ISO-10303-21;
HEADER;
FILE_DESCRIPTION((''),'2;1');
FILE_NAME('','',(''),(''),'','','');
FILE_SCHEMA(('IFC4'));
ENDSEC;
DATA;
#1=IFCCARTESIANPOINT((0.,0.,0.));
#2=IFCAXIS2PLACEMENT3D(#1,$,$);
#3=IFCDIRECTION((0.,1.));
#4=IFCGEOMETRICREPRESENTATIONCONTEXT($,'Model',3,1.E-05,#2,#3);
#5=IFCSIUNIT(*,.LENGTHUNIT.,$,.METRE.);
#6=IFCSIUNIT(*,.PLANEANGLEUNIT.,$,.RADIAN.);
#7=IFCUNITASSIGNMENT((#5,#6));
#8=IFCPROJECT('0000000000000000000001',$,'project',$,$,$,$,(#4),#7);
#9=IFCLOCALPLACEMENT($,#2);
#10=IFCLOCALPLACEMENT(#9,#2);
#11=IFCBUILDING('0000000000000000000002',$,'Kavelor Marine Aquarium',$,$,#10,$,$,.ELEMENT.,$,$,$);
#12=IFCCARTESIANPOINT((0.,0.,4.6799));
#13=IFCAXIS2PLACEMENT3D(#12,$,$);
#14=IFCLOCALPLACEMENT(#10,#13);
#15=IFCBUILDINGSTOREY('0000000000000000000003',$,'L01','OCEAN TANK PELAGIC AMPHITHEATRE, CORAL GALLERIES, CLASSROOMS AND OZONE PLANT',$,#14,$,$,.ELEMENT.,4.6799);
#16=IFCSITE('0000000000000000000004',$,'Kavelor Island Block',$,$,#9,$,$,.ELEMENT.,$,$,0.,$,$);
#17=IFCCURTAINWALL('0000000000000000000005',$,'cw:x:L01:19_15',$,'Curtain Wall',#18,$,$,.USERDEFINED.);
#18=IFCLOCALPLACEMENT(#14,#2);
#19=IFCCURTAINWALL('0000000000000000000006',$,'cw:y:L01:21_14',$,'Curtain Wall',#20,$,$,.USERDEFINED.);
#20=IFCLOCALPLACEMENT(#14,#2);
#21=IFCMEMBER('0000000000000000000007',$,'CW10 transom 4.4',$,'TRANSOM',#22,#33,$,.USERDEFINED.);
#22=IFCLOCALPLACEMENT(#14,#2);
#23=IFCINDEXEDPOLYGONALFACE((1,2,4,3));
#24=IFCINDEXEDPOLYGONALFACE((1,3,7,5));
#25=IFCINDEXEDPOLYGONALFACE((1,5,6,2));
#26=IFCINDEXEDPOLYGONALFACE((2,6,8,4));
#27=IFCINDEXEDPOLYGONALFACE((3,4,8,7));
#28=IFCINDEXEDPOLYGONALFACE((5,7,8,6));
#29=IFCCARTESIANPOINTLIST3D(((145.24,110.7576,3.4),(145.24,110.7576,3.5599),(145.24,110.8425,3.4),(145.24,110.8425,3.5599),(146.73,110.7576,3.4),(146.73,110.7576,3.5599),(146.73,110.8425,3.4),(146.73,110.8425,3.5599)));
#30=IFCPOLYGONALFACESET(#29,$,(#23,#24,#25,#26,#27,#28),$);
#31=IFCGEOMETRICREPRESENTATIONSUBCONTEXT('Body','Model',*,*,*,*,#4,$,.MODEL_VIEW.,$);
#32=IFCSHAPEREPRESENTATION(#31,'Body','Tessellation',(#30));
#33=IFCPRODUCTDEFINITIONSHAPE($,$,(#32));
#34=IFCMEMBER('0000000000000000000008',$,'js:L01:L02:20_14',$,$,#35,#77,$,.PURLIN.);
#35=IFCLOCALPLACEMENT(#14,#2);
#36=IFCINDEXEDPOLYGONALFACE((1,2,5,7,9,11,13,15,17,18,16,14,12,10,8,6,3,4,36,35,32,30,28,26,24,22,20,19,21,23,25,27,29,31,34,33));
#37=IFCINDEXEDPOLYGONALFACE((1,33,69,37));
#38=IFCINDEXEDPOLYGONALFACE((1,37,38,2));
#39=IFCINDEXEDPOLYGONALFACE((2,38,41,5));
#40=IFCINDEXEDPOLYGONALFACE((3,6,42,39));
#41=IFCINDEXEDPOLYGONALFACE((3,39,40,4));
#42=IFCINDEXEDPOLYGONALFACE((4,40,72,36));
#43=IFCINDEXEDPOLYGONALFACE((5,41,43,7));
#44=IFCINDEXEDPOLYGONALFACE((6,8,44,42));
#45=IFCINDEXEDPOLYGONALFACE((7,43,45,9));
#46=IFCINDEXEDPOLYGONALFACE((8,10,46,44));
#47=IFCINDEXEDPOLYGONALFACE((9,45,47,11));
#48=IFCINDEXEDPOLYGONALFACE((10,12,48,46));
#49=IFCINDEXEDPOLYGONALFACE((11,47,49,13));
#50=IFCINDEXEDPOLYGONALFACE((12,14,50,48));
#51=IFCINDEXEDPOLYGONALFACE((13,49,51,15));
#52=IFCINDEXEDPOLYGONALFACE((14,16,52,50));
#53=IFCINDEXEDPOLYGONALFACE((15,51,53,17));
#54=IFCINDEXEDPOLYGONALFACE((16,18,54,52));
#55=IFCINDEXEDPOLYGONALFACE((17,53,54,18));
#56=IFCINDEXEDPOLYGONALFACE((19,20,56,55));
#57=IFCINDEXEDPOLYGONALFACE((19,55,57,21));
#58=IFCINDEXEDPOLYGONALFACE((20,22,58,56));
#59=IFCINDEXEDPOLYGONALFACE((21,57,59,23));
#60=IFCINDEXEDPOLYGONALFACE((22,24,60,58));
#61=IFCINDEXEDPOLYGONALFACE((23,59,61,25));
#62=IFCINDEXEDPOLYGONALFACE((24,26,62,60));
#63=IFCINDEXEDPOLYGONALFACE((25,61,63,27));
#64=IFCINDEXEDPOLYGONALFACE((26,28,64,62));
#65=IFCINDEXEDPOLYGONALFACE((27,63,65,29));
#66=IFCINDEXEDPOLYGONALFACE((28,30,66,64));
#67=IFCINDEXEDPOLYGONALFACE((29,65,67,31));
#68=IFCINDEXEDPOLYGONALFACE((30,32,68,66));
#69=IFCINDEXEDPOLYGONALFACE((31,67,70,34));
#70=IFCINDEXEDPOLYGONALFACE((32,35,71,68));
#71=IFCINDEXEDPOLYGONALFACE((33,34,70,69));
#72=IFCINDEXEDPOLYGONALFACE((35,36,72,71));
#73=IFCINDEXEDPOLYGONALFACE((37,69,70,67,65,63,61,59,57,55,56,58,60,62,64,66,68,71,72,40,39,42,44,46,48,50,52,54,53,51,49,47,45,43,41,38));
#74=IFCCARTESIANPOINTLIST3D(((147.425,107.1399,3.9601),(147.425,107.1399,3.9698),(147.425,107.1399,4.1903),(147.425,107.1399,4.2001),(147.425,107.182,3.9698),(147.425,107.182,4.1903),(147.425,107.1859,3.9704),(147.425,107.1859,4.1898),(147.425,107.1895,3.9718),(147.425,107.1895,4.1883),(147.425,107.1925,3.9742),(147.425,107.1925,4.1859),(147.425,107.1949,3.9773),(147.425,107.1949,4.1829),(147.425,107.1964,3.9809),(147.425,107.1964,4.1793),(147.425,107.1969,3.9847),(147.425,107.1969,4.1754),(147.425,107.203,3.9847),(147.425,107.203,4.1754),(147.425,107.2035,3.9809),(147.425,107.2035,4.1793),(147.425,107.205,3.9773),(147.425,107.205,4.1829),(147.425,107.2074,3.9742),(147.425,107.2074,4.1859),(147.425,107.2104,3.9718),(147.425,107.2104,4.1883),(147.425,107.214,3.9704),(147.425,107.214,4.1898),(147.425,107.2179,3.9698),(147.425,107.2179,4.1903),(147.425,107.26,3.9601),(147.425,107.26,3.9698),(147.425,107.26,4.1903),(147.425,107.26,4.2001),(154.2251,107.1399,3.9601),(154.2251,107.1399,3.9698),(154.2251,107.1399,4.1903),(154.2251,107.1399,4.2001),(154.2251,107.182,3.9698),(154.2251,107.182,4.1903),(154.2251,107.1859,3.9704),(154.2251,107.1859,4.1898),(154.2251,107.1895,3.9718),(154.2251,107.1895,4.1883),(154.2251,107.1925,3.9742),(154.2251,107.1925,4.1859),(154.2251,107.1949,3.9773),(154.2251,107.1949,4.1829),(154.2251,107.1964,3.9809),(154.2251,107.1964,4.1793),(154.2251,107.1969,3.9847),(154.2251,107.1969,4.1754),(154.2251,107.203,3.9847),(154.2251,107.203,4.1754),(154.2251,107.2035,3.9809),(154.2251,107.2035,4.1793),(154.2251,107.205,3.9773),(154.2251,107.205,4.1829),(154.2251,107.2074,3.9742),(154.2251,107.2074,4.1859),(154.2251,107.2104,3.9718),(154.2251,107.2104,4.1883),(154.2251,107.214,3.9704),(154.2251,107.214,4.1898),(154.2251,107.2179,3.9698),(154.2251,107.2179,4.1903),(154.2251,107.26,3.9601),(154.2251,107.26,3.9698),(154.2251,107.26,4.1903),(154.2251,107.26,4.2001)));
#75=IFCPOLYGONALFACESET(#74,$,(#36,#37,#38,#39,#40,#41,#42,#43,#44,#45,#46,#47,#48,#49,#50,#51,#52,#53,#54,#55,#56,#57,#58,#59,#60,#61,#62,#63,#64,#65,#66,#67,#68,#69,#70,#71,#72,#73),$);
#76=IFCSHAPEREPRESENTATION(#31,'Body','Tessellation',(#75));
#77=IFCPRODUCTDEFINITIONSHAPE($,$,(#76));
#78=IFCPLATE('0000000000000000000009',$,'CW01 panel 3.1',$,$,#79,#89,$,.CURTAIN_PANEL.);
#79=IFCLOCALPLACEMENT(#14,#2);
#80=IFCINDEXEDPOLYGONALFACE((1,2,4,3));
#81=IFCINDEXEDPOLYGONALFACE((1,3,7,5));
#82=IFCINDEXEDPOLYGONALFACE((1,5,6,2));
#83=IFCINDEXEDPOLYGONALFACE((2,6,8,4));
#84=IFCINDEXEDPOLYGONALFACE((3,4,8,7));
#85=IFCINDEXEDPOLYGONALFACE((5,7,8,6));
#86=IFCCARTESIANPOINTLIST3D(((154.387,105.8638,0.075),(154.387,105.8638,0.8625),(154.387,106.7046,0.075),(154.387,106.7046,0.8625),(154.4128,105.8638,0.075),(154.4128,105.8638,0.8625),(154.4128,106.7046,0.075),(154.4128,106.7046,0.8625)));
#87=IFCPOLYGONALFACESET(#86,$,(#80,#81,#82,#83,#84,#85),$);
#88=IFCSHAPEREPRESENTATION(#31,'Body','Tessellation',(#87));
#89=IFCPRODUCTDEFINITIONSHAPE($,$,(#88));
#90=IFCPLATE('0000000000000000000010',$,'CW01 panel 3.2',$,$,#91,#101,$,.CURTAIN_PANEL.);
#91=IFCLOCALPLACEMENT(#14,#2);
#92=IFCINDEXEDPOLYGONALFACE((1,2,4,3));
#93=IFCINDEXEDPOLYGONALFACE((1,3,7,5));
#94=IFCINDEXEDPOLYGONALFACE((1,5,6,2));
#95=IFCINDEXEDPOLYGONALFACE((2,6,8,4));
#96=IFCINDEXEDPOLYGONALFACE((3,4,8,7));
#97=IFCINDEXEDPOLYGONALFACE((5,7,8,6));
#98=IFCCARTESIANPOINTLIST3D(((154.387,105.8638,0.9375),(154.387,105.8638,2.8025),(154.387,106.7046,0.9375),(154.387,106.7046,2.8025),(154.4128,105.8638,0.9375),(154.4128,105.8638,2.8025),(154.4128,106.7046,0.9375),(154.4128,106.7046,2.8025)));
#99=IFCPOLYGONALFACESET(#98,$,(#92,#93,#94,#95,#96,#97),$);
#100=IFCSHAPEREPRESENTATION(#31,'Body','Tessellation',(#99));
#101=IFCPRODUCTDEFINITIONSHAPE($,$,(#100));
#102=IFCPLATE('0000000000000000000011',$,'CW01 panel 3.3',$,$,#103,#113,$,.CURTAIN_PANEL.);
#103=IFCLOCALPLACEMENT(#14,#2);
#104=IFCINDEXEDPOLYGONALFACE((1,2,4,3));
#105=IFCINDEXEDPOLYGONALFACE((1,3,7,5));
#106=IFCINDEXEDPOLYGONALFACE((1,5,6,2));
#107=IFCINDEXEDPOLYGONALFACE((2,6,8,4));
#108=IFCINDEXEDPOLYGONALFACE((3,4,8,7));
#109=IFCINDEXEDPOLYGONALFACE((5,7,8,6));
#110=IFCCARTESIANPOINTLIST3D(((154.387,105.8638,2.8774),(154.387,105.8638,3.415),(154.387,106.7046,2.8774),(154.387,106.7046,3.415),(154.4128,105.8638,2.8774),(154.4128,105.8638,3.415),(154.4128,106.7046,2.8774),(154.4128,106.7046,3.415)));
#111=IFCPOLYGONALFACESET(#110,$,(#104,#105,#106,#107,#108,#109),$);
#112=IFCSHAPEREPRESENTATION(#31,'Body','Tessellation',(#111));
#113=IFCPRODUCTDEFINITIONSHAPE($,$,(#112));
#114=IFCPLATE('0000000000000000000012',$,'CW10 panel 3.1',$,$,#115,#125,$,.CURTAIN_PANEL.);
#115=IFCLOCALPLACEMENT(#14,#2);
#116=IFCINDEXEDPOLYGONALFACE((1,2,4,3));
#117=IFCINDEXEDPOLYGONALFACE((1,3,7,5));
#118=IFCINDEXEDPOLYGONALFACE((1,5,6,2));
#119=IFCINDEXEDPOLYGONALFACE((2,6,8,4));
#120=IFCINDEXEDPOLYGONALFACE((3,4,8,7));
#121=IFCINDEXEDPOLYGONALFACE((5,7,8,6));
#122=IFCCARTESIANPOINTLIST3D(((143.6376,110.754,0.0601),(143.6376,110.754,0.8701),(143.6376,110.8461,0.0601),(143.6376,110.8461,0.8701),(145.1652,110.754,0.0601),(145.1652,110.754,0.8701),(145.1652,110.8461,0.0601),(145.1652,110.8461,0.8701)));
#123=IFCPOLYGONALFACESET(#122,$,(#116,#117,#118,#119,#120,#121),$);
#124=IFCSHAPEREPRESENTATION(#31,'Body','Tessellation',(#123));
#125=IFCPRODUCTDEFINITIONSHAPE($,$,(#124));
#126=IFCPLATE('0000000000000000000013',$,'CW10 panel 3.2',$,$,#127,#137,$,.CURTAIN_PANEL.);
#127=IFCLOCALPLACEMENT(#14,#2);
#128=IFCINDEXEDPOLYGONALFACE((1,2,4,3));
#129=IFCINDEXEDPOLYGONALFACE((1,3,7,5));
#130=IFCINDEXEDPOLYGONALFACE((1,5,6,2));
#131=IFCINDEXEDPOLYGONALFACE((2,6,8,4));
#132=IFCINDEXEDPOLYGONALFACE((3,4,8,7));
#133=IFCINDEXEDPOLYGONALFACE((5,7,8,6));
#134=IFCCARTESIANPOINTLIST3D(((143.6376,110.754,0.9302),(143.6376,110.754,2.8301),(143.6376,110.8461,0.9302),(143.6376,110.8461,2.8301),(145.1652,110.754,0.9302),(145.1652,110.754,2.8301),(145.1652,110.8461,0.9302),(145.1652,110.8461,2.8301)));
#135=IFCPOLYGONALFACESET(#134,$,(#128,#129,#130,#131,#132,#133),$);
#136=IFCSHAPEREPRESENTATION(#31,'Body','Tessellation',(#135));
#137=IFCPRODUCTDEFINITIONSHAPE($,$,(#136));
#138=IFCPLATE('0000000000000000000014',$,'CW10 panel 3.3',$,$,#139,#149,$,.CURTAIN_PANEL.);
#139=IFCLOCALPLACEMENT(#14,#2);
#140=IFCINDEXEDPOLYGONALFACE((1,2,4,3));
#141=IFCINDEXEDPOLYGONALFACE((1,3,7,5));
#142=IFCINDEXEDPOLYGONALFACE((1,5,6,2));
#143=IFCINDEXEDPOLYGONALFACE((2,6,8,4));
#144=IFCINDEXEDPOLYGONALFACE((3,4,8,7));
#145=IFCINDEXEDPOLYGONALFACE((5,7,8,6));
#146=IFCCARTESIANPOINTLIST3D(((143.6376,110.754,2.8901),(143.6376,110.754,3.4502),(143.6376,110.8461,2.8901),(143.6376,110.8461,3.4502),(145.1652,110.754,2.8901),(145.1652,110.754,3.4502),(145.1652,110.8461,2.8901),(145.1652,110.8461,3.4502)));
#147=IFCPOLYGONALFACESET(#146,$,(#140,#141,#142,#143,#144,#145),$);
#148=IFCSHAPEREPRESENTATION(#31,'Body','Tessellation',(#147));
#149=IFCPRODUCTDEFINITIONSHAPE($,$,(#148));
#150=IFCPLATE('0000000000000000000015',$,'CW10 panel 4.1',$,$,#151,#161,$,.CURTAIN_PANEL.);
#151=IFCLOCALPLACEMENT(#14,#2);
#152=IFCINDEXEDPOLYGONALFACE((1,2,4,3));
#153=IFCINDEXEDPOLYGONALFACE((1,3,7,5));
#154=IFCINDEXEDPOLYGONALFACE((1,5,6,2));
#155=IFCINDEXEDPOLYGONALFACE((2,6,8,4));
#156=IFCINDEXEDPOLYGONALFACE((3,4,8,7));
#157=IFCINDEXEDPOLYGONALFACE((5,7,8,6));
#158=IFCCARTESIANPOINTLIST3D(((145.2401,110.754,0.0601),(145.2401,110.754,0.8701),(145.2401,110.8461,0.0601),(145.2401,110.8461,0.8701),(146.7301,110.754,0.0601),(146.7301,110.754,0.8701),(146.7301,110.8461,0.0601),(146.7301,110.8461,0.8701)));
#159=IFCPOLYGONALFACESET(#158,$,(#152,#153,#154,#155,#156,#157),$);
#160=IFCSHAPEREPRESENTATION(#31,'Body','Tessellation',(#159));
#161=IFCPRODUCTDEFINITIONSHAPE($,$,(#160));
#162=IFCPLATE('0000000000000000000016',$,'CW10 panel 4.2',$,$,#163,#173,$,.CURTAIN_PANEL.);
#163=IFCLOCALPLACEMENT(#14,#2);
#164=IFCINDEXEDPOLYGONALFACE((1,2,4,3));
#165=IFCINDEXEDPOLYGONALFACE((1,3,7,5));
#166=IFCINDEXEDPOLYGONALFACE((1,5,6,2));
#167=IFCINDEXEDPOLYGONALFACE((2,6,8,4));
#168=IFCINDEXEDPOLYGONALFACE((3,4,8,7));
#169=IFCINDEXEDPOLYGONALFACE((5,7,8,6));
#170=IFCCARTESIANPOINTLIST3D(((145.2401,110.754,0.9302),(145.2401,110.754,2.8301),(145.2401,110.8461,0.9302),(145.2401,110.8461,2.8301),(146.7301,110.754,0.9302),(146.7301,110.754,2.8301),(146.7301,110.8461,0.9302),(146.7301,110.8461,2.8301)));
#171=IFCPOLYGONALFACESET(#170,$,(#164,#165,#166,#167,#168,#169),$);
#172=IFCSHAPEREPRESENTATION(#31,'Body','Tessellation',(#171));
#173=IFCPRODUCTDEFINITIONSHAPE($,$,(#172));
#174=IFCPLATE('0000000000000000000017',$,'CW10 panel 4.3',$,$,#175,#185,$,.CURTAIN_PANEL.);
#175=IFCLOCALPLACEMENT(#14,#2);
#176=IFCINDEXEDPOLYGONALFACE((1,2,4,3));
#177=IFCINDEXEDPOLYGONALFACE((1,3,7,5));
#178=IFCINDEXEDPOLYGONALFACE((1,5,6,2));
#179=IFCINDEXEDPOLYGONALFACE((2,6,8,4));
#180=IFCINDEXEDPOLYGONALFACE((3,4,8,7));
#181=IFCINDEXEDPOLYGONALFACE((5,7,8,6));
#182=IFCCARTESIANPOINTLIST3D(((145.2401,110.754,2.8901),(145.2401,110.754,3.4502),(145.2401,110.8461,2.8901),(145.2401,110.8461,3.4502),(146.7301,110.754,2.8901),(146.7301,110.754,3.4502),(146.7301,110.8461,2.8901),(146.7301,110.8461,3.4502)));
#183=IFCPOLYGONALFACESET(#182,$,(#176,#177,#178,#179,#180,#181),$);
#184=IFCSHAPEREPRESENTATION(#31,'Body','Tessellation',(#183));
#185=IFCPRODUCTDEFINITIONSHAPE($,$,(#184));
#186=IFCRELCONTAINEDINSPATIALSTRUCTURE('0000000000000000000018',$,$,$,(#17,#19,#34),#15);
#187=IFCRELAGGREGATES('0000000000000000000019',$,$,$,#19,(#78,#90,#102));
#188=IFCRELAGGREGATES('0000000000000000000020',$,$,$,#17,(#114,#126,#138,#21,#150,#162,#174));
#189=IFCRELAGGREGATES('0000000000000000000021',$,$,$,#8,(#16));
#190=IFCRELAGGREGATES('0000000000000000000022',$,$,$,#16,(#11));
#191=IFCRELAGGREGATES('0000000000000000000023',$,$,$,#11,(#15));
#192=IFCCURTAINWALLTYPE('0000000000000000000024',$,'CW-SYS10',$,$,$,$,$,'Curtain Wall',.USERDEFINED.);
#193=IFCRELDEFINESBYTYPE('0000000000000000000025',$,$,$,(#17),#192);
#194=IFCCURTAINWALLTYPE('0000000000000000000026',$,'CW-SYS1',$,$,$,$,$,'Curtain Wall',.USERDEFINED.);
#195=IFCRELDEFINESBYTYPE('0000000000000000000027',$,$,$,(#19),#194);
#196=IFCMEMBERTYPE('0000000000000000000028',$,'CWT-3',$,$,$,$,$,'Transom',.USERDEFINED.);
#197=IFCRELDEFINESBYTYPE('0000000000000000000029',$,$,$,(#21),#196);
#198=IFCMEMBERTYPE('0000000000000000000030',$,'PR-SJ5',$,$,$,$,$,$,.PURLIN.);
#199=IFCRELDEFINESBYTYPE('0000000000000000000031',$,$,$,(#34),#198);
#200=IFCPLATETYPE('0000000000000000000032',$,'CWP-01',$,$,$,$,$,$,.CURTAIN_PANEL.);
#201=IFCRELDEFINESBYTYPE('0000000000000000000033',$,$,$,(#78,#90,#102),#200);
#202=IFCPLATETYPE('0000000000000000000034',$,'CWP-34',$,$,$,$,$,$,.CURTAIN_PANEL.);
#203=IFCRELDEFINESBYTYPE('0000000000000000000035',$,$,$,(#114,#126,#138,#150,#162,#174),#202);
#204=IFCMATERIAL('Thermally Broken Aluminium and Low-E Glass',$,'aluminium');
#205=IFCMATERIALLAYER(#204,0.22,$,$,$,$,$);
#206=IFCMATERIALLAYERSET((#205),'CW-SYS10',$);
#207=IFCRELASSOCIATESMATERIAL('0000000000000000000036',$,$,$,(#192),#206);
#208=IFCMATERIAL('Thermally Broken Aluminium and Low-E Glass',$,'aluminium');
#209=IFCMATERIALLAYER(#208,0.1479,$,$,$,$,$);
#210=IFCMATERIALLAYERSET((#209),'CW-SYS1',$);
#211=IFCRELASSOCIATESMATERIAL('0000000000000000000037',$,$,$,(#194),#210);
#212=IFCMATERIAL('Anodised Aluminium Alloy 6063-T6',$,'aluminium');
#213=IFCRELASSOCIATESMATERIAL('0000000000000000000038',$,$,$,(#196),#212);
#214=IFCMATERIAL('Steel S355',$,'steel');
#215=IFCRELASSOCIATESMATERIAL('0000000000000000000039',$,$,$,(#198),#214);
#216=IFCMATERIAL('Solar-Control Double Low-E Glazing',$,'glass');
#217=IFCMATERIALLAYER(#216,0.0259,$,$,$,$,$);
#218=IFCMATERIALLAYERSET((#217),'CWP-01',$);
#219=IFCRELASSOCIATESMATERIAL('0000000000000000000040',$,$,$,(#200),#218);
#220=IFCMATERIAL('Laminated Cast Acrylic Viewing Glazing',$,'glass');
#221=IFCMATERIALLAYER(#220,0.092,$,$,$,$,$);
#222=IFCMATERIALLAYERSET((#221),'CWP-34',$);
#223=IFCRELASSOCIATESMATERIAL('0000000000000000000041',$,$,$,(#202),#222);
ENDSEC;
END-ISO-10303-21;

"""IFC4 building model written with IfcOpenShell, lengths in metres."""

from ifc_helpers import new_model, si_unit, direction, frame, origin, origin_2d, place, context, subcontext, project, spatial, rectangle, i_section, extrude, material, layer, layer_set, material_profile, profile_set, type_object, element, aggregate, save


model = new_model("IFC4")

# Units and contexts
model_context = context("Model", 3, precision=1e-05, world=origin(), true_north=direction((0.0, 1.0)))
body_context = subcontext(model_context, "Body", "Model", "MODEL_VIEW")
ifc_project = project(units=[si_unit("LENGTHUNIT", "METRE"), si_unit("PLANEANGLEUNIT", "RADIAN")], contexts=[model_context])

# Site, building, storey
site_placement = place(None, origin())
site = spatial("IfcSite", under=ifc_project, at=site_placement, Name="Kavelor Island Block", CompositionType="ELEMENT", RefElevation=0.0)
building_placement = place(site_placement, origin())
building = spatial("IfcBuilding", under=site, at=building_placement, Name="Kavelor Marine Aquarium", CompositionType="ELEMENT")
storey_placement = place(building_placement, frame((0.0, 0.0, 4.6799)))
storey = spatial("IfcBuildingStorey", under=building, at=storey_placement, Name="L01", Description="OCEAN TANK PELAGIC AMPHITHEATRE, CORAL GALLERIES, CLASSROOMS AND OZONE PLANT", CompositionType="ELEMENT", Elevation=4.6799)

# Curtain walls
ifc_material_1 = material(Name="Thermally Broken Aluminium and Low-E Glass", Category="aluminium")
ifc_layer_1 = layer(ifc_material_1, 0.22)
ifc_layer_set_1 = layer_set([ifc_layer_1], Name="CW-SYS10")
curtain_wall_type_1 = type_object("IfcCurtainWallType", Name="CW-SYS10", ElementType="Curtain Wall", PredefinedType="USERDEFINED", material=ifc_layer_set_1)
curtain_wall_1_placement = place(storey_placement, origin())
curtain_wall_1 = element("IfcCurtainWall", 1, at=curtain_wall_1_placement, inside=storey, type_object=curtain_wall_type_1, Name="cw:x:L01:19_15", ObjectType="Curtain Wall", PredefinedType="USERDEFINED")
ifc_material_2 = material(Name="Thermally Broken Aluminium and Low-E Glass", Category="aluminium")
ifc_layer_2 = layer(ifc_material_2, 0.1479)
ifc_layer_set_2 = layer_set([ifc_layer_2], Name="CW-SYS1")
curtain_wall_type_2 = type_object("IfcCurtainWallType", Name="CW-SYS1", ElementType="Curtain Wall", PredefinedType="USERDEFINED", material=ifc_layer_set_2)
curtain_wall_2_placement = place(storey_placement, origin())
curtain_wall_2 = element("IfcCurtainWall", 2, at=curtain_wall_2_placement, inside=storey, type_object=curtain_wall_type_2, Name="cw:y:L01:21_14", ObjectType="Curtain Wall", PredefinedType="USERDEFINED")

# Members
ifc_material_3 = material(Name="Anodised Aluminium Alloy 6063-T6", Category="aluminium")
ifc_material_profile_1 = material_profile(ifc_material_3, rectangle(XDim=0.085, YDim=0.1599, at=origin_2d()), Name="CW-TRN 85x160")
ifc_profile_set_1 = profile_set([ifc_material_profile_1], Name="Anodised Aluminium Alloy 6063-T6")
member_type_1 = type_object("IfcMemberType", Name="CWT-3", ElementType="Transom", PredefinedType="USERDEFINED", material=ifc_profile_set_1)
member_1_placement = place(storey_placement, frame((145.24, 110.8, 3.48), z_axis=(1.0, 0.0, 0.0), x_axis=(0.0, 1.0, 0.0)))
member_1 = element("IfcMember", 3, at=member_1_placement, type_object=member_type_1, Name="CW10 transom 4.4", ObjectType="TRANSOM", PredefinedType="USERDEFINED", context=body_context, shape_type="SweptSolid", body=[
    extrude(rectangle(XDim=0.085, YDim=0.1599, at=origin_2d()), origin(), (0.0, 0.0, 1.0), 1.49),
])
ifc_material_4 = material(Name="Steel S355", Category="steel")
ifc_material_profile_2 = material_profile(ifc_material_4, i_section(OverallWidth=0.1201, OverallDepth=0.24, WebThickness=0.0061, FlangeThickness=0.0098, FilletRadius=0.0149, at=origin_2d()), Name="IPE 240")
ifc_profile_set_2 = profile_set([ifc_material_profile_2], Name="Steel S355")
member_type_2 = type_object("IfcMemberType", Name="PR-SJ5", PredefinedType="PURLIN", material=ifc_profile_set_2)
member_2_placement = place(storey_placement, frame((147.425, 107.2, 4.0801), z_axis=(1.0, 0.0, 0.0), x_axis=(0.0, 1.0, 0.0)))
element("IfcMember", 4, at=member_2_placement, inside=storey, type_object=member_type_2, Name="js:L01:L02:20_14", PredefinedType="PURLIN", context=body_context, shape_type="SweptSolid", body=[
    extrude(i_section(OverallWidth=0.1201, OverallDepth=0.24, WebThickness=0.0061, FlangeThickness=0.0098, FilletRadius=0.0149, at=origin_2d()), origin(), (0.0, 0.0, 1.0), 6.8),
])

# Plates
ifc_material_5 = material(Name="Solar-Control Double Low-E Glazing", Category="glass")
ifc_layer_3 = layer(ifc_material_5, 0.0259)
ifc_layer_set_3 = layer_set([ifc_layer_3], Name="CWP-01")
plate_type_1 = type_object("IfcPlateType", Name="CWP-01", PredefinedType="CURTAIN_PANEL", material=ifc_layer_set_3)
plate_1_placement = place(storey_placement, frame((154.3999, 106.2842, 0.075), z_axis=(0.0, 0.0, 1.0), x_axis=(0.0, 1.0, 0.0)))
plate_1 = element("IfcPlate", 5, at=plate_1_placement, type_object=plate_type_1, Name="CW01 panel 3.1", PredefinedType="CURTAIN_PANEL", context=body_context, shape_type="SweptSolid", body=[
    extrude(rectangle(XDim=0.8408, YDim=0.0259, at=origin_2d()), origin(), (0.0, 0.0, 1.0), 0.7876),
])
plate_2_placement = place(storey_placement, frame((154.3999, 106.2842, 0.9375), z_axis=(0.0, 0.0, 1.0), x_axis=(0.0, 1.0, 0.0)))
plate_2 = element("IfcPlate", 6, at=plate_2_placement, type_object=plate_type_1, Name="CW01 panel 3.2", PredefinedType="CURTAIN_PANEL", context=body_context, shape_type="SweptSolid", body=[
    extrude(rectangle(XDim=0.8408, YDim=0.0259, at=origin_2d()), origin(), (0.0, 0.0, 1.0), 1.865),
])
plate_3_placement = place(storey_placement, frame((154.3999, 106.2842, 2.8774), z_axis=(0.0, 0.0, 1.0), x_axis=(0.0, 1.0, 0.0)))
plate_3 = element("IfcPlate", 7, at=plate_3_placement, type_object=plate_type_1, Name="CW01 panel 3.3", PredefinedType="CURTAIN_PANEL", context=body_context, shape_type="SweptSolid", body=[
    extrude(rectangle(XDim=0.8408, YDim=0.0259, at=origin_2d()), origin(), (0.0, 0.0, 1.0), 0.5376),
])
aggregate(curtain_wall_2, [plate_1, plate_2, plate_3])
ifc_material_6 = material(Name="Laminated Cast Acrylic Viewing Glazing", Category="glass")
ifc_layer_4 = layer(ifc_material_6, 0.092)
ifc_layer_set_4 = layer_set([ifc_layer_4], Name="CWP-34")
plate_type_2 = type_object("IfcPlateType", Name="CWP-34", PredefinedType="CURTAIN_PANEL", material=ifc_layer_set_4)
plate_4_placement = place(storey_placement, frame((144.4014, 110.8, 0.0601), z_axis=(0.0, 0.0, 1.0), x_axis=(1.0, 0.0, 0.0)))
plate_4 = element("IfcPlate", 8, at=plate_4_placement, type_object=plate_type_2, Name="CW10 panel 3.1", PredefinedType="CURTAIN_PANEL", context=body_context, shape_type="SweptSolid", body=[
    extrude(rectangle(XDim=1.5276, YDim=0.092, at=origin_2d()), origin(), (0.0, 0.0, 1.0), 0.8101),
])
plate_5_placement = place(storey_placement, frame((144.4014, 110.8, 0.9302), z_axis=(0.0, 0.0, 1.0), x_axis=(1.0, 0.0, 0.0)))
plate_5 = element("IfcPlate", 9, at=plate_5_placement, type_object=plate_type_2, Name="CW10 panel 3.2", PredefinedType="CURTAIN_PANEL", context=body_context, shape_type="SweptSolid", body=[
    extrude(rectangle(XDim=1.5276, YDim=0.092, at=origin_2d()), origin(), (0.0, 0.0, 1.0), 1.8999),
])
plate_6_placement = place(storey_placement, frame((144.4014, 110.8, 2.8901), z_axis=(0.0, 0.0, 1.0), x_axis=(1.0, 0.0, 0.0)))
plate_6 = element("IfcPlate", 10, at=plate_6_placement, type_object=plate_type_2, Name="CW10 panel 3.3", PredefinedType="CURTAIN_PANEL", context=body_context, shape_type="SweptSolid", body=[
    extrude(rectangle(XDim=1.5276, YDim=0.092, at=origin_2d()), origin(), (0.0, 0.0, 1.0), 0.5601),
])
plate_7_placement = place(storey_placement, frame((145.9851, 110.8, 0.0601), z_axis=(0.0, 0.0, 1.0), x_axis=(1.0, 0.0, 0.0)))
plate_7 = element("IfcPlate", 11, at=plate_7_placement, type_object=plate_type_2, Name="CW10 panel 4.1", PredefinedType="CURTAIN_PANEL", context=body_context, shape_type="SweptSolid", body=[
    extrude(rectangle(XDim=1.49, YDim=0.092, at=origin_2d()), origin(), (0.0, 0.0, 1.0), 0.8101),
])
plate_8_placement = place(storey_placement, frame((145.9851, 110.8, 0.9302), z_axis=(0.0, 0.0, 1.0), x_axis=(1.0, 0.0, 0.0)))
plate_8 = element("IfcPlate", 12, at=plate_8_placement, type_object=plate_type_2, Name="CW10 panel 4.2", PredefinedType="CURTAIN_PANEL", context=body_context, shape_type="SweptSolid", body=[
    extrude(rectangle(XDim=1.49, YDim=0.092, at=origin_2d()), origin(), (0.0, 0.0, 1.0), 1.8999),
])
plate_9_placement = place(storey_placement, frame((145.9851, 110.8, 2.8901), z_axis=(0.0, 0.0, 1.0), x_axis=(1.0, 0.0, 0.0)))
plate_9 = element("IfcPlate", 13, at=plate_9_placement, type_object=plate_type_2, Name="CW10 panel 4.3", PredefinedType="CURTAIN_PANEL", context=body_context, shape_type="SweptSolid", body=[
    extrude(rectangle(XDim=1.49, YDim=0.092, at=origin_2d()), origin(), (0.0, 0.0, 1.0), 0.5601),
])
aggregate(curtain_wall_1, [plate_4, plate_5, plate_6, member_1, plate_7, plate_8, plate_9])

save(model, "model.ifc")
